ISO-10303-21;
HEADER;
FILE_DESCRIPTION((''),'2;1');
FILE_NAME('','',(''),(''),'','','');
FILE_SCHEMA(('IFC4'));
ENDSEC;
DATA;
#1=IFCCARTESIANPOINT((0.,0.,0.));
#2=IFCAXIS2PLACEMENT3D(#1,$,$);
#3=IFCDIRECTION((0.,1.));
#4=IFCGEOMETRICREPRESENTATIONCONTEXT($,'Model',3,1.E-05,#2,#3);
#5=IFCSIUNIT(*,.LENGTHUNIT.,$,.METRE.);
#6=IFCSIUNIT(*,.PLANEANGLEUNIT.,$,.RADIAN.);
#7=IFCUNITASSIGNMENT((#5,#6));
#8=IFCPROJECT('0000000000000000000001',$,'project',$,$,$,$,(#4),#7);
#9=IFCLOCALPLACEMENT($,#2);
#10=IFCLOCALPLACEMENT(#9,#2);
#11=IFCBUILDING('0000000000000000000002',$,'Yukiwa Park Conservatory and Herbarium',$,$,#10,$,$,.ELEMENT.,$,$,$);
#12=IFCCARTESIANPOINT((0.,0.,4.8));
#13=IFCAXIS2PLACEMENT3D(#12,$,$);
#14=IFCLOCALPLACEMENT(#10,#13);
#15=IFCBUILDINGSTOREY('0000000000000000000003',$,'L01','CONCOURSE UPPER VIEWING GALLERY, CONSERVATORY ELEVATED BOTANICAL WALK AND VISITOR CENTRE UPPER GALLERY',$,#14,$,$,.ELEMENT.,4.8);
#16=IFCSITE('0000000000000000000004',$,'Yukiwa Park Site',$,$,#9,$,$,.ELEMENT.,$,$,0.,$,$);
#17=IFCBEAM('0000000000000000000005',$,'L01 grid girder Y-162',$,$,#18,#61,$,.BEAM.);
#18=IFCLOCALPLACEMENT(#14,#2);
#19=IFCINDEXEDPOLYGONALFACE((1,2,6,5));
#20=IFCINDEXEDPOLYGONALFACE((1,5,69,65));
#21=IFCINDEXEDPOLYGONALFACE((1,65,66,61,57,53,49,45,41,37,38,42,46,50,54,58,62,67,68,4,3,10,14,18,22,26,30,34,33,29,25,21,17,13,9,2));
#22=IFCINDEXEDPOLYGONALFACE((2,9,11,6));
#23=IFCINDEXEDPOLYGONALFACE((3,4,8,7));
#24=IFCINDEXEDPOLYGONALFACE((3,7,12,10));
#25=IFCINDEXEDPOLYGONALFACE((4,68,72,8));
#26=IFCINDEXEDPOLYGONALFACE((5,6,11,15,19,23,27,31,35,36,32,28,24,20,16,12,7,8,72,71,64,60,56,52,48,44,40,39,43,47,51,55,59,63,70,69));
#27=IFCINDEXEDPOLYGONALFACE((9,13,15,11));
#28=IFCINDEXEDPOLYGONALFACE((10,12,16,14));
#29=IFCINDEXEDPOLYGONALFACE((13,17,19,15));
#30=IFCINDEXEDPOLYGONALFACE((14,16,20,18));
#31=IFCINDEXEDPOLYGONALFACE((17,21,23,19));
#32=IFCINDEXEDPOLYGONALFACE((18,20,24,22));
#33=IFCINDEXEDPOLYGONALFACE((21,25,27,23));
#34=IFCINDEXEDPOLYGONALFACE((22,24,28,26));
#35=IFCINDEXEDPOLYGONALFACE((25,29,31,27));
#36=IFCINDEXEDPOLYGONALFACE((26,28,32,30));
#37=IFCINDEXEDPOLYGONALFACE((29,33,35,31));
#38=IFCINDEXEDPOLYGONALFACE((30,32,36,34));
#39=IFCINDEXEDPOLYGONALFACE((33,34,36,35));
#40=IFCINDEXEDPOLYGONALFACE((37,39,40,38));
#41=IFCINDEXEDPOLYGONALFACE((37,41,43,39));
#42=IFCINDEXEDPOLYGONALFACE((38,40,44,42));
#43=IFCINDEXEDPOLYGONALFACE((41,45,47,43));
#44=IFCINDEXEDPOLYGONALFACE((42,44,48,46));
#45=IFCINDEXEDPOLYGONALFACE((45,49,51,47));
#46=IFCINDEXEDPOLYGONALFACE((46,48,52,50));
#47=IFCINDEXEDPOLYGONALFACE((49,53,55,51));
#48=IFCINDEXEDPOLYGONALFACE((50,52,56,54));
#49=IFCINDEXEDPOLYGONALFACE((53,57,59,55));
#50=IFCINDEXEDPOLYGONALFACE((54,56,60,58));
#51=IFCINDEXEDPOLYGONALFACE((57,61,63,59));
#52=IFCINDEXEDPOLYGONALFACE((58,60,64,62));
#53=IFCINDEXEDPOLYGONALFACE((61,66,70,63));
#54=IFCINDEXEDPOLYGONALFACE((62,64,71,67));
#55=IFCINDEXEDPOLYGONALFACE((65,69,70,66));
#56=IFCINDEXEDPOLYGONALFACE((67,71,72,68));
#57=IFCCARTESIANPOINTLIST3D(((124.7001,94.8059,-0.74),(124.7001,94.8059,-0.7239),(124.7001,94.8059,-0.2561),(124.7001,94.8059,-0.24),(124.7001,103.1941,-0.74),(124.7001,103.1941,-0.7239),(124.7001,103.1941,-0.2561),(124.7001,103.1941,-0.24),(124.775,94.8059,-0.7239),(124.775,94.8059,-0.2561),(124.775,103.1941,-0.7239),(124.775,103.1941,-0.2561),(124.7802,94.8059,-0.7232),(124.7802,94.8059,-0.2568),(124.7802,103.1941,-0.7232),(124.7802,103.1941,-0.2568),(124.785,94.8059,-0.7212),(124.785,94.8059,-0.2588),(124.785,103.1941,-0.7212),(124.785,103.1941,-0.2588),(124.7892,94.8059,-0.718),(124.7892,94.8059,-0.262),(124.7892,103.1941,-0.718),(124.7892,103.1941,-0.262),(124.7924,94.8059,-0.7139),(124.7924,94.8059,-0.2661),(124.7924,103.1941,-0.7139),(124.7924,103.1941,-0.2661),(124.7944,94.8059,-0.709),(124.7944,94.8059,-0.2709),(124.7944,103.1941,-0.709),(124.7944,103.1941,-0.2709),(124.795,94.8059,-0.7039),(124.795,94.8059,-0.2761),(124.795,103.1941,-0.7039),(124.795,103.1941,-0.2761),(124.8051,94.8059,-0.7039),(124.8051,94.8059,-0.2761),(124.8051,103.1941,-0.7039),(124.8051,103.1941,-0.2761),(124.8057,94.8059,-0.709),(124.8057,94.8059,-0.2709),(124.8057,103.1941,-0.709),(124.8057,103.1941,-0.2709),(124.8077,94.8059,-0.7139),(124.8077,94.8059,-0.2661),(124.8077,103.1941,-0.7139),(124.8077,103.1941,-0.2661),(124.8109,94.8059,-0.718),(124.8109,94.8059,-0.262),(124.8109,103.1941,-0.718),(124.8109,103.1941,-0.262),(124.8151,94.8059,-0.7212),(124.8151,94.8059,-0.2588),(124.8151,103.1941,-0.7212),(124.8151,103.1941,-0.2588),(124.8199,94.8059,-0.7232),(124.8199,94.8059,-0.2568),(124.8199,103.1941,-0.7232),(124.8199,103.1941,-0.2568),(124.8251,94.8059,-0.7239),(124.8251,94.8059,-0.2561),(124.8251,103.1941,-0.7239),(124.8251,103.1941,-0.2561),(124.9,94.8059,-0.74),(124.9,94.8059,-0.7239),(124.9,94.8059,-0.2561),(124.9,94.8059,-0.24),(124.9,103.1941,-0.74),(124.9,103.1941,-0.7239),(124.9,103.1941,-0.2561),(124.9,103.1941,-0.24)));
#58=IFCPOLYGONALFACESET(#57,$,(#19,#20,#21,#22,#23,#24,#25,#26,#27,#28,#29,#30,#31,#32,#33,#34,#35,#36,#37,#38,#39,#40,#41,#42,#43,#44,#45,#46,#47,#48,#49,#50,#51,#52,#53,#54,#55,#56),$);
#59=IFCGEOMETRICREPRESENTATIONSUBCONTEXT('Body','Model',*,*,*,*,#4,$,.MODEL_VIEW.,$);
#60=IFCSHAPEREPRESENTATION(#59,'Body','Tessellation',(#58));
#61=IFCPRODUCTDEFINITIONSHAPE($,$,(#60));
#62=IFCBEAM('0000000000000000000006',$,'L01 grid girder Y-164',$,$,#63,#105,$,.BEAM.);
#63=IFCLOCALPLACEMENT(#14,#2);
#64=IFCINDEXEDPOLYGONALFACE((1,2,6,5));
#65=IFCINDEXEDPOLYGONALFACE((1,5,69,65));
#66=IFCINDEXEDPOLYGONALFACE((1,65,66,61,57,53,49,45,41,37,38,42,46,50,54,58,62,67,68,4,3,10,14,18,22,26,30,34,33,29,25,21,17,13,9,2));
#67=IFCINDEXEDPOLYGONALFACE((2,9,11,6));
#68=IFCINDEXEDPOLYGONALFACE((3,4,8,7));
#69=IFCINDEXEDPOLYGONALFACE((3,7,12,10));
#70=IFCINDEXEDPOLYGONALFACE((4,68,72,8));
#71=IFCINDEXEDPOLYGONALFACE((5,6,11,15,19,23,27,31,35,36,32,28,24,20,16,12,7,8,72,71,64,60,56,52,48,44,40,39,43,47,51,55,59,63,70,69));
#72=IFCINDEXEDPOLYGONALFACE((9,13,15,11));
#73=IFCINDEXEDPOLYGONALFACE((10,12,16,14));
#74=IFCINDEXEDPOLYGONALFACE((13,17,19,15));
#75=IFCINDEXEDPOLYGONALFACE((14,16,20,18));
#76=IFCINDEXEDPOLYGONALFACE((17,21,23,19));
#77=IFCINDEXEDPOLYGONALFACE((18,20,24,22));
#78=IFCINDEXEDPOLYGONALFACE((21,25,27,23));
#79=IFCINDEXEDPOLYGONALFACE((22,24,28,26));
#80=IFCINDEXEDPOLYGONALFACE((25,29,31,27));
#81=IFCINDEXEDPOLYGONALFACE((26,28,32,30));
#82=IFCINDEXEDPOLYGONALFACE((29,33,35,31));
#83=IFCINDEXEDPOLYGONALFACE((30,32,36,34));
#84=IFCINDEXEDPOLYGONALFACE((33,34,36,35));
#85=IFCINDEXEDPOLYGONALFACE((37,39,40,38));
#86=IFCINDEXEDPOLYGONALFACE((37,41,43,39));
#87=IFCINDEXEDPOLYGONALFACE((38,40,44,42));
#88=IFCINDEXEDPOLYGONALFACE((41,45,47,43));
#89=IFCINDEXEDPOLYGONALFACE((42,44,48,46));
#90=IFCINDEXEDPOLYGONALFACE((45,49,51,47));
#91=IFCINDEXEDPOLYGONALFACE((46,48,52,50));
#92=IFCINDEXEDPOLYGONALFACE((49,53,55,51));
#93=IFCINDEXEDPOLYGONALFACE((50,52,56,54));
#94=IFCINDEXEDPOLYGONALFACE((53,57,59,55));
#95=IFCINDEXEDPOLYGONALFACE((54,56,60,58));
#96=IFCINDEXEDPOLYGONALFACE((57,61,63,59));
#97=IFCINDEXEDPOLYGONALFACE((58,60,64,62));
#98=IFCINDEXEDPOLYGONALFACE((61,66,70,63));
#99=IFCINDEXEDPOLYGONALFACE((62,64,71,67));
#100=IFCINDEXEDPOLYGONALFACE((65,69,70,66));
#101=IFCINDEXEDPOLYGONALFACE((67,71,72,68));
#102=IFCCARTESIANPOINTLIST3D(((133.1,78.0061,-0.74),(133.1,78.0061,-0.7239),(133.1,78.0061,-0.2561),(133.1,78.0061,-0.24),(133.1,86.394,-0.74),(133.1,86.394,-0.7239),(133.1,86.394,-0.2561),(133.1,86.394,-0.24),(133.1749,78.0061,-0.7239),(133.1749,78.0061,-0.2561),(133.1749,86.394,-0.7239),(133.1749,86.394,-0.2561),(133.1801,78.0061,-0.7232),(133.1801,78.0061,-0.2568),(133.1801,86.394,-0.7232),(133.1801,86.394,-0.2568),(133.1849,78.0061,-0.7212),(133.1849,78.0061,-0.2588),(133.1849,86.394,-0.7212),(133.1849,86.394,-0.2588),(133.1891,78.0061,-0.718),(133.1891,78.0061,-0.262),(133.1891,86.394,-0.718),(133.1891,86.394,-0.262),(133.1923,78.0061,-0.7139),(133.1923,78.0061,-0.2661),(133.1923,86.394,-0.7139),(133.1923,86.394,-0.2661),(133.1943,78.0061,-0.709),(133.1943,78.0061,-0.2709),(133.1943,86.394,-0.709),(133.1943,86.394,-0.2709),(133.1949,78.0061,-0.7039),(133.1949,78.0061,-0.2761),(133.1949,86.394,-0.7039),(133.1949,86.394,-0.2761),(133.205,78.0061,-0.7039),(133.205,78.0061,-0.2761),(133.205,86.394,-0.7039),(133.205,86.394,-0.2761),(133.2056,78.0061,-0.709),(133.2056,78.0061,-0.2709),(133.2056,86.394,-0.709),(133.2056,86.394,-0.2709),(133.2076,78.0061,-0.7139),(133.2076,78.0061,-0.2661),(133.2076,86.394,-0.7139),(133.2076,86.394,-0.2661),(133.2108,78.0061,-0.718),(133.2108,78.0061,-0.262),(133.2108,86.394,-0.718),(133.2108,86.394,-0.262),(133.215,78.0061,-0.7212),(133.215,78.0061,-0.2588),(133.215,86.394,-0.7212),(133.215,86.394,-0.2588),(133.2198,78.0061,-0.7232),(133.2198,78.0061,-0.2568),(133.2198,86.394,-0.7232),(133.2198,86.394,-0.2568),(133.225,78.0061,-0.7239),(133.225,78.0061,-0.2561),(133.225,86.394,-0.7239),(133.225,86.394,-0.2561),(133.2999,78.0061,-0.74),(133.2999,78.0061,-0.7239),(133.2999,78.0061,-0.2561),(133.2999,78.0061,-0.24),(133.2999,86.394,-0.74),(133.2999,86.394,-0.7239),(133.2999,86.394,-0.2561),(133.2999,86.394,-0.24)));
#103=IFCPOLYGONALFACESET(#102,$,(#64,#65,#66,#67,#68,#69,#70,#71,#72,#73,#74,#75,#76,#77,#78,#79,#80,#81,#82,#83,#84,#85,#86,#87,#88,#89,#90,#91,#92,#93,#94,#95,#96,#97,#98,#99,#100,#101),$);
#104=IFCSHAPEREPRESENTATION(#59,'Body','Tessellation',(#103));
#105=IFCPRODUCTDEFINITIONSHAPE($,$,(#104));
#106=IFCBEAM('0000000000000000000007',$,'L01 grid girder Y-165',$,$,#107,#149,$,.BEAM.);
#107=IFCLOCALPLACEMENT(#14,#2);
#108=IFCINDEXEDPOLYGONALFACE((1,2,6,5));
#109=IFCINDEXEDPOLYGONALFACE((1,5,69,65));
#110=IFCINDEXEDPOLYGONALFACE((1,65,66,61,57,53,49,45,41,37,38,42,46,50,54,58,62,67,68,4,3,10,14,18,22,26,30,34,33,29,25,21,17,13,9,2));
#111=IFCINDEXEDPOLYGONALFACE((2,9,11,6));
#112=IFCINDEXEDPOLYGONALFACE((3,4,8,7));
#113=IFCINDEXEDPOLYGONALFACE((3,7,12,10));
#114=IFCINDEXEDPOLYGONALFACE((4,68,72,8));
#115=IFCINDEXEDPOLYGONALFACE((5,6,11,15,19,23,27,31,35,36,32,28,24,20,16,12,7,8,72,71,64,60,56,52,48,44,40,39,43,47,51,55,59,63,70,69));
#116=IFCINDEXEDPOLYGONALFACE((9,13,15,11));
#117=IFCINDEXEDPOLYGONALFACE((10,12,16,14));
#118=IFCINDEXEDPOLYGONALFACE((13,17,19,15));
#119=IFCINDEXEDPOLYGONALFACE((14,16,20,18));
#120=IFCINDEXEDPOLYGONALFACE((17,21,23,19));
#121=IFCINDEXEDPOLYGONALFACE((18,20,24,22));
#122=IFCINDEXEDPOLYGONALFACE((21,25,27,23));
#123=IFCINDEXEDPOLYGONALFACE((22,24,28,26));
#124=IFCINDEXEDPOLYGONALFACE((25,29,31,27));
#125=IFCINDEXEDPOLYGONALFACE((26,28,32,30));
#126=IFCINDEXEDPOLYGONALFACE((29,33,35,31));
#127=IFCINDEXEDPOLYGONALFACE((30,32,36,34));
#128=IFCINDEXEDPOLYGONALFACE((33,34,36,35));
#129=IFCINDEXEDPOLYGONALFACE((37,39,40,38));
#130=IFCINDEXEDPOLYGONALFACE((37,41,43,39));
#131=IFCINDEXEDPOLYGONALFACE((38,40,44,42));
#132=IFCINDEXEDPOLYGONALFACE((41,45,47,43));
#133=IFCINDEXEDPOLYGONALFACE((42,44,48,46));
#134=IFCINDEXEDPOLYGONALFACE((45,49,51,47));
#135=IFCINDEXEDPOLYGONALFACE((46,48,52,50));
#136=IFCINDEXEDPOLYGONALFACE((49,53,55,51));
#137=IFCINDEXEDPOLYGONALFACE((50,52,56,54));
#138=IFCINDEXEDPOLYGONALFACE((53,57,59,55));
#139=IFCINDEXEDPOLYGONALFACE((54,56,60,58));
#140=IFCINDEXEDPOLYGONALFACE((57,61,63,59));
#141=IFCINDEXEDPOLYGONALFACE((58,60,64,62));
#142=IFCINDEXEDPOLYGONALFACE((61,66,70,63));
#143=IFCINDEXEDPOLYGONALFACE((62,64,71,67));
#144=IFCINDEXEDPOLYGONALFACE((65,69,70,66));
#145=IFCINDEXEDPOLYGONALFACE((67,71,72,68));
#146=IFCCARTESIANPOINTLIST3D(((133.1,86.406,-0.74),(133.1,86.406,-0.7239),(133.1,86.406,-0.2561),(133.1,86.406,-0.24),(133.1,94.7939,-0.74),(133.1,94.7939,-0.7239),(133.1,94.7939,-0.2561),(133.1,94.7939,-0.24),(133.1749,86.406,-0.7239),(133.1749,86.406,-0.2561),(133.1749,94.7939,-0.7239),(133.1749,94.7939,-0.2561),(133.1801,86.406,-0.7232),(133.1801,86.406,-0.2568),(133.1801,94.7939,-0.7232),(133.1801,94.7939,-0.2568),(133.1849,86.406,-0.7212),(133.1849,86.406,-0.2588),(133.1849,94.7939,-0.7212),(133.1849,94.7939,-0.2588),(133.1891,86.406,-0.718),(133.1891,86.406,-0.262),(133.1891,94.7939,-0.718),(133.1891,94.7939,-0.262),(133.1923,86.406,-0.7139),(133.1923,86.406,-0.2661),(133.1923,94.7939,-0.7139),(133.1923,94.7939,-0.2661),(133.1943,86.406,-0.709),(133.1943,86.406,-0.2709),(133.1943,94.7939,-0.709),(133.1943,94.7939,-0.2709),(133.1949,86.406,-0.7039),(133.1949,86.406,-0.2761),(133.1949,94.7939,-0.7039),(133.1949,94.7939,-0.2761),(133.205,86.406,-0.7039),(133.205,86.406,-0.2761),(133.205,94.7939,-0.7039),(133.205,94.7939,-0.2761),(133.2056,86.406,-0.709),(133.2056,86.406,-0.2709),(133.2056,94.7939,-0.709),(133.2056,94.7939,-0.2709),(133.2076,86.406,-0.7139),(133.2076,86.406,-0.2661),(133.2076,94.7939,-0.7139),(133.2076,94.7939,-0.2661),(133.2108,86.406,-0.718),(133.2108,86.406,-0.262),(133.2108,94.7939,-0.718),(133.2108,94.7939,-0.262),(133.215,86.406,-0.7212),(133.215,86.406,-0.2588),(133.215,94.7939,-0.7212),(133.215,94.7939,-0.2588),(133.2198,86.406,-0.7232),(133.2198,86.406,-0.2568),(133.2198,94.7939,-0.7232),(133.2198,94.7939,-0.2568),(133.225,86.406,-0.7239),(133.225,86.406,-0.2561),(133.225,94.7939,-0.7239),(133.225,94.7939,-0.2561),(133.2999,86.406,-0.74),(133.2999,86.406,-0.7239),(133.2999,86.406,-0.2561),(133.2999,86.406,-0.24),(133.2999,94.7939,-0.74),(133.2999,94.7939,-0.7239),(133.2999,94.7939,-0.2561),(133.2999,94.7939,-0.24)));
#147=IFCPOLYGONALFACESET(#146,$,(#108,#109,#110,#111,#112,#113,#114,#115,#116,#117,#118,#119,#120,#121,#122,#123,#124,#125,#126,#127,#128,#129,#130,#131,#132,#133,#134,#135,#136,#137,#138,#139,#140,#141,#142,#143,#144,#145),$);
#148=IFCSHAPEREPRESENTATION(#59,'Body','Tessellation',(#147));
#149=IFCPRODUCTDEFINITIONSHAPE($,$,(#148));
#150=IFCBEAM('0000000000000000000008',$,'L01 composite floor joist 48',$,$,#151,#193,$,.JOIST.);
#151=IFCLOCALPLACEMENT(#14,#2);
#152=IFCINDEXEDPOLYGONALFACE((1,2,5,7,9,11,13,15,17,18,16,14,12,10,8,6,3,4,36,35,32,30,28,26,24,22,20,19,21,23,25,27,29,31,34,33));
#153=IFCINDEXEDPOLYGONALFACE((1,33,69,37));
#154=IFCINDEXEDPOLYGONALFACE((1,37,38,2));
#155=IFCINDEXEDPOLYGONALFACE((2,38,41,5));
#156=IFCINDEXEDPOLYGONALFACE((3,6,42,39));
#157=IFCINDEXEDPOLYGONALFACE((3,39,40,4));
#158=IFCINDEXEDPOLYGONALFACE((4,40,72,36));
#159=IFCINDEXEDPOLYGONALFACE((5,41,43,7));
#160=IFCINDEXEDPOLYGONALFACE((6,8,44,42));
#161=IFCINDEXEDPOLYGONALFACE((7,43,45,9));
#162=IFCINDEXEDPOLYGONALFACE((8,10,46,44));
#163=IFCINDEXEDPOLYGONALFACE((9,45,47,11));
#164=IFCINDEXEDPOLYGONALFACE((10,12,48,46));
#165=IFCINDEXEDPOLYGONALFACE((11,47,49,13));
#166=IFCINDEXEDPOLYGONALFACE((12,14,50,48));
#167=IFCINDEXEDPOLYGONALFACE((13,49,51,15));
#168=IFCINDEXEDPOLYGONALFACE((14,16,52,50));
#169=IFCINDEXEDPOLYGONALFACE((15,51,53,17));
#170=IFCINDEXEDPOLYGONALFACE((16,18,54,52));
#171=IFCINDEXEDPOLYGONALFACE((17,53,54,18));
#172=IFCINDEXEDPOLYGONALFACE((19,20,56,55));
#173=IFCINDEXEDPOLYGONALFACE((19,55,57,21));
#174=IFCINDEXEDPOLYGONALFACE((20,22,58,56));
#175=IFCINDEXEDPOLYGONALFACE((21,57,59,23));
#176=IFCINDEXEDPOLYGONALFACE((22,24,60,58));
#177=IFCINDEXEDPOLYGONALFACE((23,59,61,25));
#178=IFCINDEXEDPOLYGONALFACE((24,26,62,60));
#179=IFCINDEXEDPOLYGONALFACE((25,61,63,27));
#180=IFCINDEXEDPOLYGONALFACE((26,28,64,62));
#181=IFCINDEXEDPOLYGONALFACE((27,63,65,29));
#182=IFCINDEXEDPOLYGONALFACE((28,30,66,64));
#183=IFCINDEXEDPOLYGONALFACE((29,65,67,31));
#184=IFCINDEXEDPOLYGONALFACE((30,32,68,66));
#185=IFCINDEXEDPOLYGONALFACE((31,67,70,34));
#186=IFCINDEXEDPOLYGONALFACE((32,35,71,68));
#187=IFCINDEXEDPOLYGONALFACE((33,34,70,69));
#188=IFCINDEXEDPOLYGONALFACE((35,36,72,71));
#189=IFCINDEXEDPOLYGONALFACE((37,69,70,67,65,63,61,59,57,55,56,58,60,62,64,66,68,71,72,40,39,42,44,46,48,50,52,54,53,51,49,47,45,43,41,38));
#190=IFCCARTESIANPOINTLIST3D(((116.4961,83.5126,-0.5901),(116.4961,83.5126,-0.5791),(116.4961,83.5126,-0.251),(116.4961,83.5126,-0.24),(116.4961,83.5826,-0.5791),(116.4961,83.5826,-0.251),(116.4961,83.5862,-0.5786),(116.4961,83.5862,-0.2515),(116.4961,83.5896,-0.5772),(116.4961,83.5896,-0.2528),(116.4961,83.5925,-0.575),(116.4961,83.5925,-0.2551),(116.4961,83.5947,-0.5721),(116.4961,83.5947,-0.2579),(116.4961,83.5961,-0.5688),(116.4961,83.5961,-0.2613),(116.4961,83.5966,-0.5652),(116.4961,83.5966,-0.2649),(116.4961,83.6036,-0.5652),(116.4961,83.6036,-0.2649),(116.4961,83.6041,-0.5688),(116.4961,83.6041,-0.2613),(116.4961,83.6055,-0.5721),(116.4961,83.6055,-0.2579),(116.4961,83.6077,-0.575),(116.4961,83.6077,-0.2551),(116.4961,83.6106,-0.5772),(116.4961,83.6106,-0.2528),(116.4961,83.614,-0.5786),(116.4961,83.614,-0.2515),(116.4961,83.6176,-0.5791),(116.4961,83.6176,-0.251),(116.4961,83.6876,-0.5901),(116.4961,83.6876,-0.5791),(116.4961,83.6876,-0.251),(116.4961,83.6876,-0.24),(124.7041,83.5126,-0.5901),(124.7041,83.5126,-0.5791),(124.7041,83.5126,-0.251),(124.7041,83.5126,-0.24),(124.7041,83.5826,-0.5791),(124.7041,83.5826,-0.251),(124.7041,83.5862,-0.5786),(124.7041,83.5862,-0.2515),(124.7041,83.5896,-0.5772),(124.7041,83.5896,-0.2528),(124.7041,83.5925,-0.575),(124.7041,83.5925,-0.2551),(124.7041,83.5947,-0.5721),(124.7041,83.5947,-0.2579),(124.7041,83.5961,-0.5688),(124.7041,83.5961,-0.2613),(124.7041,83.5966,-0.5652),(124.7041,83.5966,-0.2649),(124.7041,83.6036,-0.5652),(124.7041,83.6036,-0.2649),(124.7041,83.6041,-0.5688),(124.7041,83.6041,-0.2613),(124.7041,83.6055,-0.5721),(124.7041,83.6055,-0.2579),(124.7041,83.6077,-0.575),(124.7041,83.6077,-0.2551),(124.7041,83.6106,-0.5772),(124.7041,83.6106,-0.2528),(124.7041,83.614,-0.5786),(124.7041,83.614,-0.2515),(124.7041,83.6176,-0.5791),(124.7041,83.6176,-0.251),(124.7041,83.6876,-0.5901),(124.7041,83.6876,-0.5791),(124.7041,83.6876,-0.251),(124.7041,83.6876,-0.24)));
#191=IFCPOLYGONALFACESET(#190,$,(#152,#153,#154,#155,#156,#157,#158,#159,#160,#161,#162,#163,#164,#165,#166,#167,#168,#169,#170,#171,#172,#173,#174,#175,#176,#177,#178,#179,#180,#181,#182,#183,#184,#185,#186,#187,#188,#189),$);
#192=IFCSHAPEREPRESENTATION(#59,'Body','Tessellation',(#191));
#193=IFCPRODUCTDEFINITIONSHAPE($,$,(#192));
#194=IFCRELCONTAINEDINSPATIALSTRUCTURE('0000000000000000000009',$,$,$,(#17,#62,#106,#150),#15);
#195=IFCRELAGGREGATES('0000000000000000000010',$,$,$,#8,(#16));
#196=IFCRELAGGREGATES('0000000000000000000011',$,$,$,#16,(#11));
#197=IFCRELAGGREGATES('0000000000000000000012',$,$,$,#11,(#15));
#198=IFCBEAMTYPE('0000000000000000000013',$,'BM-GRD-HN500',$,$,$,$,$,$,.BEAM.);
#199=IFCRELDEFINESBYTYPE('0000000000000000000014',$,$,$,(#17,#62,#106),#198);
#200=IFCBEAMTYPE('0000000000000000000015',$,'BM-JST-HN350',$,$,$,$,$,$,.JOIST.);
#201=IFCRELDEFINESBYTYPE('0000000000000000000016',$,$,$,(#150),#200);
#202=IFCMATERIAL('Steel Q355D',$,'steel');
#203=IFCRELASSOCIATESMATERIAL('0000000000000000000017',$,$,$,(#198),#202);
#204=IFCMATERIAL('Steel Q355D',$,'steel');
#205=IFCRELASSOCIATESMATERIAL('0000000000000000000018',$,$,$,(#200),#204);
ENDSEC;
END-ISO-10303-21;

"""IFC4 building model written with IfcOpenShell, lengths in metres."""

from ifc_helpers import new_model, si_unit, direction, frame, origin, origin_2d, place, context, subcontext, project, spatial, i_section, extrude, material, material_profile, profile_set, type_object, element, save


model = new_model("IFC4")

# Units and contexts
model_context = context("Model", 3, precision=1e-05, world=origin(), true_north=direction((0.0, 1.0)))
body_context = subcontext(model_context, "Body", "Model", "MODEL_VIEW")
ifc_project = project(units=[si_unit("LENGTHUNIT", "METRE"), si_unit("PLANEANGLEUNIT", "RADIAN")], contexts=[model_context])

# Site, building, storey
site_placement = place(None, origin())
site = spatial("IfcSite", under=ifc_project, at=site_placement, Name="Yukiwa Park Site", CompositionType="ELEMENT", RefElevation=0.0)
building_placement = place(site_placement, origin())
building = spatial("IfcBuilding", under=site, at=building_placement, Name="Yukiwa Park Conservatory and Herbarium", CompositionType="ELEMENT")
storey_placement = place(building_placement, frame((0.0, 0.0, 4.8)))
storey = spatial("IfcBuildingStorey", under=building, at=storey_placement, Name="L01", Description="CONCOURSE UPPER VIEWING GALLERY, CONSERVATORY ELEVATED BOTANICAL WALK AND VISITOR CENTRE UPPER GALLERY", CompositionType="ELEMENT", Elevation=4.8)

# Beams
ifc_material_1 = material(Name="Steel Q355D", Category="steel")
ifc_material_profile_1 = material_profile(ifc_material_1, i_section(OverallWidth=0.2, OverallDepth=0.5, WebThickness=0.01, FlangeThickness=0.0161, FilletRadius=0.02, at=origin_2d()), Name="HN 500x200x10x16")
ifc_profile_set_1 = profile_set([ifc_material_profile_1], Name="Steel Q355D")
beam_type_1 = type_object("IfcBeamType", Name="BM-GRD-HN500", PredefinedType="BEAM", material=ifc_profile_set_1)
beam_1_placement = place(storey_placement, frame((124.8, 94.8059, -0.49), z_axis=(0.0, 1.0, 0.0), x_axis=(-1.0, 0.0, 0.0)))
element("IfcBeam", 1, at=beam_1_placement, inside=storey, type_object=beam_type_1, Name="L01 grid girder Y-162", PredefinedType="BEAM", context=body_context, shape_type="SweptSolid", body=[
    extrude(i_section(OverallWidth=0.2, OverallDepth=0.5, WebThickness=0.01, FlangeThickness=0.0161, FilletRadius=0.02, at=origin_2d()), origin(), (0.0, 0.0, 1.0), 8.3882),
])
for number, where, z_axis, x_axis, name in (
    (2, (133.2, 78.0061, -0.49), (0.0, 1.0, 0.0), (-1.0, 0.0, 0.0), "L01 grid girder Y-164"),
    (3, (133.2, 86.406, -0.49), (0.0, 1.0, 0.0), (-1.0, 0.0, 0.0), "L01 grid girder Y-165"),
):
    element("IfcBeam", number, at=place(storey_placement, frame(where, z_axis=z_axis, x_axis=x_axis)), inside=storey, type_object=beam_type_1, Name=name, PredefinedType="BEAM", context=body_context, shape_type="SweptSolid", body=[
        extrude(i_section(OverallWidth=0.2, OverallDepth=0.5, WebThickness=0.01, FlangeThickness=0.0161, FilletRadius=0.02, at=origin_2d()), origin(), (0.0, 0.0, 1.0), 8.3879),
    ])
ifc_material_2 = material(Name="Steel Q355D", Category="steel")
ifc_material_profile_2 = material_profile(ifc_material_2, i_section(OverallWidth=0.175, OverallDepth=0.3501, WebThickness=0.0071, FlangeThickness=0.011, FilletRadius=0.0139, at=origin_2d()), Name="HN 350x175x7x11")
ifc_profile_set_2 = profile_set([ifc_material_profile_2], Name="Steel Q355D")
beam_type_2 = type_object("IfcBeamType", Name="BM-JST-HN350", PredefinedType="JOIST", material=ifc_profile_set_2)
beam_2_placement = place(storey_placement, frame((116.4961, 83.6001, -0.415), z_axis=(1.0, 0.0, 0.0), x_axis=(0.0, 1.0, 0.0)))
element("IfcBeam", 4, at=beam_2_placement, inside=storey, type_object=beam_type_2, Name="L01 composite floor joist 48", PredefinedType="JOIST", context=body_context, shape_type="SweptSolid", body=[
    extrude(i_section(OverallWidth=0.175, OverallDepth=0.3501, WebThickness=0.0071, FlangeThickness=0.011, FilletRadius=0.0139, at=origin_2d()), origin(), (0.0, 0.0, 1.0), 8.208),
])

save(model, "model.ifc")
